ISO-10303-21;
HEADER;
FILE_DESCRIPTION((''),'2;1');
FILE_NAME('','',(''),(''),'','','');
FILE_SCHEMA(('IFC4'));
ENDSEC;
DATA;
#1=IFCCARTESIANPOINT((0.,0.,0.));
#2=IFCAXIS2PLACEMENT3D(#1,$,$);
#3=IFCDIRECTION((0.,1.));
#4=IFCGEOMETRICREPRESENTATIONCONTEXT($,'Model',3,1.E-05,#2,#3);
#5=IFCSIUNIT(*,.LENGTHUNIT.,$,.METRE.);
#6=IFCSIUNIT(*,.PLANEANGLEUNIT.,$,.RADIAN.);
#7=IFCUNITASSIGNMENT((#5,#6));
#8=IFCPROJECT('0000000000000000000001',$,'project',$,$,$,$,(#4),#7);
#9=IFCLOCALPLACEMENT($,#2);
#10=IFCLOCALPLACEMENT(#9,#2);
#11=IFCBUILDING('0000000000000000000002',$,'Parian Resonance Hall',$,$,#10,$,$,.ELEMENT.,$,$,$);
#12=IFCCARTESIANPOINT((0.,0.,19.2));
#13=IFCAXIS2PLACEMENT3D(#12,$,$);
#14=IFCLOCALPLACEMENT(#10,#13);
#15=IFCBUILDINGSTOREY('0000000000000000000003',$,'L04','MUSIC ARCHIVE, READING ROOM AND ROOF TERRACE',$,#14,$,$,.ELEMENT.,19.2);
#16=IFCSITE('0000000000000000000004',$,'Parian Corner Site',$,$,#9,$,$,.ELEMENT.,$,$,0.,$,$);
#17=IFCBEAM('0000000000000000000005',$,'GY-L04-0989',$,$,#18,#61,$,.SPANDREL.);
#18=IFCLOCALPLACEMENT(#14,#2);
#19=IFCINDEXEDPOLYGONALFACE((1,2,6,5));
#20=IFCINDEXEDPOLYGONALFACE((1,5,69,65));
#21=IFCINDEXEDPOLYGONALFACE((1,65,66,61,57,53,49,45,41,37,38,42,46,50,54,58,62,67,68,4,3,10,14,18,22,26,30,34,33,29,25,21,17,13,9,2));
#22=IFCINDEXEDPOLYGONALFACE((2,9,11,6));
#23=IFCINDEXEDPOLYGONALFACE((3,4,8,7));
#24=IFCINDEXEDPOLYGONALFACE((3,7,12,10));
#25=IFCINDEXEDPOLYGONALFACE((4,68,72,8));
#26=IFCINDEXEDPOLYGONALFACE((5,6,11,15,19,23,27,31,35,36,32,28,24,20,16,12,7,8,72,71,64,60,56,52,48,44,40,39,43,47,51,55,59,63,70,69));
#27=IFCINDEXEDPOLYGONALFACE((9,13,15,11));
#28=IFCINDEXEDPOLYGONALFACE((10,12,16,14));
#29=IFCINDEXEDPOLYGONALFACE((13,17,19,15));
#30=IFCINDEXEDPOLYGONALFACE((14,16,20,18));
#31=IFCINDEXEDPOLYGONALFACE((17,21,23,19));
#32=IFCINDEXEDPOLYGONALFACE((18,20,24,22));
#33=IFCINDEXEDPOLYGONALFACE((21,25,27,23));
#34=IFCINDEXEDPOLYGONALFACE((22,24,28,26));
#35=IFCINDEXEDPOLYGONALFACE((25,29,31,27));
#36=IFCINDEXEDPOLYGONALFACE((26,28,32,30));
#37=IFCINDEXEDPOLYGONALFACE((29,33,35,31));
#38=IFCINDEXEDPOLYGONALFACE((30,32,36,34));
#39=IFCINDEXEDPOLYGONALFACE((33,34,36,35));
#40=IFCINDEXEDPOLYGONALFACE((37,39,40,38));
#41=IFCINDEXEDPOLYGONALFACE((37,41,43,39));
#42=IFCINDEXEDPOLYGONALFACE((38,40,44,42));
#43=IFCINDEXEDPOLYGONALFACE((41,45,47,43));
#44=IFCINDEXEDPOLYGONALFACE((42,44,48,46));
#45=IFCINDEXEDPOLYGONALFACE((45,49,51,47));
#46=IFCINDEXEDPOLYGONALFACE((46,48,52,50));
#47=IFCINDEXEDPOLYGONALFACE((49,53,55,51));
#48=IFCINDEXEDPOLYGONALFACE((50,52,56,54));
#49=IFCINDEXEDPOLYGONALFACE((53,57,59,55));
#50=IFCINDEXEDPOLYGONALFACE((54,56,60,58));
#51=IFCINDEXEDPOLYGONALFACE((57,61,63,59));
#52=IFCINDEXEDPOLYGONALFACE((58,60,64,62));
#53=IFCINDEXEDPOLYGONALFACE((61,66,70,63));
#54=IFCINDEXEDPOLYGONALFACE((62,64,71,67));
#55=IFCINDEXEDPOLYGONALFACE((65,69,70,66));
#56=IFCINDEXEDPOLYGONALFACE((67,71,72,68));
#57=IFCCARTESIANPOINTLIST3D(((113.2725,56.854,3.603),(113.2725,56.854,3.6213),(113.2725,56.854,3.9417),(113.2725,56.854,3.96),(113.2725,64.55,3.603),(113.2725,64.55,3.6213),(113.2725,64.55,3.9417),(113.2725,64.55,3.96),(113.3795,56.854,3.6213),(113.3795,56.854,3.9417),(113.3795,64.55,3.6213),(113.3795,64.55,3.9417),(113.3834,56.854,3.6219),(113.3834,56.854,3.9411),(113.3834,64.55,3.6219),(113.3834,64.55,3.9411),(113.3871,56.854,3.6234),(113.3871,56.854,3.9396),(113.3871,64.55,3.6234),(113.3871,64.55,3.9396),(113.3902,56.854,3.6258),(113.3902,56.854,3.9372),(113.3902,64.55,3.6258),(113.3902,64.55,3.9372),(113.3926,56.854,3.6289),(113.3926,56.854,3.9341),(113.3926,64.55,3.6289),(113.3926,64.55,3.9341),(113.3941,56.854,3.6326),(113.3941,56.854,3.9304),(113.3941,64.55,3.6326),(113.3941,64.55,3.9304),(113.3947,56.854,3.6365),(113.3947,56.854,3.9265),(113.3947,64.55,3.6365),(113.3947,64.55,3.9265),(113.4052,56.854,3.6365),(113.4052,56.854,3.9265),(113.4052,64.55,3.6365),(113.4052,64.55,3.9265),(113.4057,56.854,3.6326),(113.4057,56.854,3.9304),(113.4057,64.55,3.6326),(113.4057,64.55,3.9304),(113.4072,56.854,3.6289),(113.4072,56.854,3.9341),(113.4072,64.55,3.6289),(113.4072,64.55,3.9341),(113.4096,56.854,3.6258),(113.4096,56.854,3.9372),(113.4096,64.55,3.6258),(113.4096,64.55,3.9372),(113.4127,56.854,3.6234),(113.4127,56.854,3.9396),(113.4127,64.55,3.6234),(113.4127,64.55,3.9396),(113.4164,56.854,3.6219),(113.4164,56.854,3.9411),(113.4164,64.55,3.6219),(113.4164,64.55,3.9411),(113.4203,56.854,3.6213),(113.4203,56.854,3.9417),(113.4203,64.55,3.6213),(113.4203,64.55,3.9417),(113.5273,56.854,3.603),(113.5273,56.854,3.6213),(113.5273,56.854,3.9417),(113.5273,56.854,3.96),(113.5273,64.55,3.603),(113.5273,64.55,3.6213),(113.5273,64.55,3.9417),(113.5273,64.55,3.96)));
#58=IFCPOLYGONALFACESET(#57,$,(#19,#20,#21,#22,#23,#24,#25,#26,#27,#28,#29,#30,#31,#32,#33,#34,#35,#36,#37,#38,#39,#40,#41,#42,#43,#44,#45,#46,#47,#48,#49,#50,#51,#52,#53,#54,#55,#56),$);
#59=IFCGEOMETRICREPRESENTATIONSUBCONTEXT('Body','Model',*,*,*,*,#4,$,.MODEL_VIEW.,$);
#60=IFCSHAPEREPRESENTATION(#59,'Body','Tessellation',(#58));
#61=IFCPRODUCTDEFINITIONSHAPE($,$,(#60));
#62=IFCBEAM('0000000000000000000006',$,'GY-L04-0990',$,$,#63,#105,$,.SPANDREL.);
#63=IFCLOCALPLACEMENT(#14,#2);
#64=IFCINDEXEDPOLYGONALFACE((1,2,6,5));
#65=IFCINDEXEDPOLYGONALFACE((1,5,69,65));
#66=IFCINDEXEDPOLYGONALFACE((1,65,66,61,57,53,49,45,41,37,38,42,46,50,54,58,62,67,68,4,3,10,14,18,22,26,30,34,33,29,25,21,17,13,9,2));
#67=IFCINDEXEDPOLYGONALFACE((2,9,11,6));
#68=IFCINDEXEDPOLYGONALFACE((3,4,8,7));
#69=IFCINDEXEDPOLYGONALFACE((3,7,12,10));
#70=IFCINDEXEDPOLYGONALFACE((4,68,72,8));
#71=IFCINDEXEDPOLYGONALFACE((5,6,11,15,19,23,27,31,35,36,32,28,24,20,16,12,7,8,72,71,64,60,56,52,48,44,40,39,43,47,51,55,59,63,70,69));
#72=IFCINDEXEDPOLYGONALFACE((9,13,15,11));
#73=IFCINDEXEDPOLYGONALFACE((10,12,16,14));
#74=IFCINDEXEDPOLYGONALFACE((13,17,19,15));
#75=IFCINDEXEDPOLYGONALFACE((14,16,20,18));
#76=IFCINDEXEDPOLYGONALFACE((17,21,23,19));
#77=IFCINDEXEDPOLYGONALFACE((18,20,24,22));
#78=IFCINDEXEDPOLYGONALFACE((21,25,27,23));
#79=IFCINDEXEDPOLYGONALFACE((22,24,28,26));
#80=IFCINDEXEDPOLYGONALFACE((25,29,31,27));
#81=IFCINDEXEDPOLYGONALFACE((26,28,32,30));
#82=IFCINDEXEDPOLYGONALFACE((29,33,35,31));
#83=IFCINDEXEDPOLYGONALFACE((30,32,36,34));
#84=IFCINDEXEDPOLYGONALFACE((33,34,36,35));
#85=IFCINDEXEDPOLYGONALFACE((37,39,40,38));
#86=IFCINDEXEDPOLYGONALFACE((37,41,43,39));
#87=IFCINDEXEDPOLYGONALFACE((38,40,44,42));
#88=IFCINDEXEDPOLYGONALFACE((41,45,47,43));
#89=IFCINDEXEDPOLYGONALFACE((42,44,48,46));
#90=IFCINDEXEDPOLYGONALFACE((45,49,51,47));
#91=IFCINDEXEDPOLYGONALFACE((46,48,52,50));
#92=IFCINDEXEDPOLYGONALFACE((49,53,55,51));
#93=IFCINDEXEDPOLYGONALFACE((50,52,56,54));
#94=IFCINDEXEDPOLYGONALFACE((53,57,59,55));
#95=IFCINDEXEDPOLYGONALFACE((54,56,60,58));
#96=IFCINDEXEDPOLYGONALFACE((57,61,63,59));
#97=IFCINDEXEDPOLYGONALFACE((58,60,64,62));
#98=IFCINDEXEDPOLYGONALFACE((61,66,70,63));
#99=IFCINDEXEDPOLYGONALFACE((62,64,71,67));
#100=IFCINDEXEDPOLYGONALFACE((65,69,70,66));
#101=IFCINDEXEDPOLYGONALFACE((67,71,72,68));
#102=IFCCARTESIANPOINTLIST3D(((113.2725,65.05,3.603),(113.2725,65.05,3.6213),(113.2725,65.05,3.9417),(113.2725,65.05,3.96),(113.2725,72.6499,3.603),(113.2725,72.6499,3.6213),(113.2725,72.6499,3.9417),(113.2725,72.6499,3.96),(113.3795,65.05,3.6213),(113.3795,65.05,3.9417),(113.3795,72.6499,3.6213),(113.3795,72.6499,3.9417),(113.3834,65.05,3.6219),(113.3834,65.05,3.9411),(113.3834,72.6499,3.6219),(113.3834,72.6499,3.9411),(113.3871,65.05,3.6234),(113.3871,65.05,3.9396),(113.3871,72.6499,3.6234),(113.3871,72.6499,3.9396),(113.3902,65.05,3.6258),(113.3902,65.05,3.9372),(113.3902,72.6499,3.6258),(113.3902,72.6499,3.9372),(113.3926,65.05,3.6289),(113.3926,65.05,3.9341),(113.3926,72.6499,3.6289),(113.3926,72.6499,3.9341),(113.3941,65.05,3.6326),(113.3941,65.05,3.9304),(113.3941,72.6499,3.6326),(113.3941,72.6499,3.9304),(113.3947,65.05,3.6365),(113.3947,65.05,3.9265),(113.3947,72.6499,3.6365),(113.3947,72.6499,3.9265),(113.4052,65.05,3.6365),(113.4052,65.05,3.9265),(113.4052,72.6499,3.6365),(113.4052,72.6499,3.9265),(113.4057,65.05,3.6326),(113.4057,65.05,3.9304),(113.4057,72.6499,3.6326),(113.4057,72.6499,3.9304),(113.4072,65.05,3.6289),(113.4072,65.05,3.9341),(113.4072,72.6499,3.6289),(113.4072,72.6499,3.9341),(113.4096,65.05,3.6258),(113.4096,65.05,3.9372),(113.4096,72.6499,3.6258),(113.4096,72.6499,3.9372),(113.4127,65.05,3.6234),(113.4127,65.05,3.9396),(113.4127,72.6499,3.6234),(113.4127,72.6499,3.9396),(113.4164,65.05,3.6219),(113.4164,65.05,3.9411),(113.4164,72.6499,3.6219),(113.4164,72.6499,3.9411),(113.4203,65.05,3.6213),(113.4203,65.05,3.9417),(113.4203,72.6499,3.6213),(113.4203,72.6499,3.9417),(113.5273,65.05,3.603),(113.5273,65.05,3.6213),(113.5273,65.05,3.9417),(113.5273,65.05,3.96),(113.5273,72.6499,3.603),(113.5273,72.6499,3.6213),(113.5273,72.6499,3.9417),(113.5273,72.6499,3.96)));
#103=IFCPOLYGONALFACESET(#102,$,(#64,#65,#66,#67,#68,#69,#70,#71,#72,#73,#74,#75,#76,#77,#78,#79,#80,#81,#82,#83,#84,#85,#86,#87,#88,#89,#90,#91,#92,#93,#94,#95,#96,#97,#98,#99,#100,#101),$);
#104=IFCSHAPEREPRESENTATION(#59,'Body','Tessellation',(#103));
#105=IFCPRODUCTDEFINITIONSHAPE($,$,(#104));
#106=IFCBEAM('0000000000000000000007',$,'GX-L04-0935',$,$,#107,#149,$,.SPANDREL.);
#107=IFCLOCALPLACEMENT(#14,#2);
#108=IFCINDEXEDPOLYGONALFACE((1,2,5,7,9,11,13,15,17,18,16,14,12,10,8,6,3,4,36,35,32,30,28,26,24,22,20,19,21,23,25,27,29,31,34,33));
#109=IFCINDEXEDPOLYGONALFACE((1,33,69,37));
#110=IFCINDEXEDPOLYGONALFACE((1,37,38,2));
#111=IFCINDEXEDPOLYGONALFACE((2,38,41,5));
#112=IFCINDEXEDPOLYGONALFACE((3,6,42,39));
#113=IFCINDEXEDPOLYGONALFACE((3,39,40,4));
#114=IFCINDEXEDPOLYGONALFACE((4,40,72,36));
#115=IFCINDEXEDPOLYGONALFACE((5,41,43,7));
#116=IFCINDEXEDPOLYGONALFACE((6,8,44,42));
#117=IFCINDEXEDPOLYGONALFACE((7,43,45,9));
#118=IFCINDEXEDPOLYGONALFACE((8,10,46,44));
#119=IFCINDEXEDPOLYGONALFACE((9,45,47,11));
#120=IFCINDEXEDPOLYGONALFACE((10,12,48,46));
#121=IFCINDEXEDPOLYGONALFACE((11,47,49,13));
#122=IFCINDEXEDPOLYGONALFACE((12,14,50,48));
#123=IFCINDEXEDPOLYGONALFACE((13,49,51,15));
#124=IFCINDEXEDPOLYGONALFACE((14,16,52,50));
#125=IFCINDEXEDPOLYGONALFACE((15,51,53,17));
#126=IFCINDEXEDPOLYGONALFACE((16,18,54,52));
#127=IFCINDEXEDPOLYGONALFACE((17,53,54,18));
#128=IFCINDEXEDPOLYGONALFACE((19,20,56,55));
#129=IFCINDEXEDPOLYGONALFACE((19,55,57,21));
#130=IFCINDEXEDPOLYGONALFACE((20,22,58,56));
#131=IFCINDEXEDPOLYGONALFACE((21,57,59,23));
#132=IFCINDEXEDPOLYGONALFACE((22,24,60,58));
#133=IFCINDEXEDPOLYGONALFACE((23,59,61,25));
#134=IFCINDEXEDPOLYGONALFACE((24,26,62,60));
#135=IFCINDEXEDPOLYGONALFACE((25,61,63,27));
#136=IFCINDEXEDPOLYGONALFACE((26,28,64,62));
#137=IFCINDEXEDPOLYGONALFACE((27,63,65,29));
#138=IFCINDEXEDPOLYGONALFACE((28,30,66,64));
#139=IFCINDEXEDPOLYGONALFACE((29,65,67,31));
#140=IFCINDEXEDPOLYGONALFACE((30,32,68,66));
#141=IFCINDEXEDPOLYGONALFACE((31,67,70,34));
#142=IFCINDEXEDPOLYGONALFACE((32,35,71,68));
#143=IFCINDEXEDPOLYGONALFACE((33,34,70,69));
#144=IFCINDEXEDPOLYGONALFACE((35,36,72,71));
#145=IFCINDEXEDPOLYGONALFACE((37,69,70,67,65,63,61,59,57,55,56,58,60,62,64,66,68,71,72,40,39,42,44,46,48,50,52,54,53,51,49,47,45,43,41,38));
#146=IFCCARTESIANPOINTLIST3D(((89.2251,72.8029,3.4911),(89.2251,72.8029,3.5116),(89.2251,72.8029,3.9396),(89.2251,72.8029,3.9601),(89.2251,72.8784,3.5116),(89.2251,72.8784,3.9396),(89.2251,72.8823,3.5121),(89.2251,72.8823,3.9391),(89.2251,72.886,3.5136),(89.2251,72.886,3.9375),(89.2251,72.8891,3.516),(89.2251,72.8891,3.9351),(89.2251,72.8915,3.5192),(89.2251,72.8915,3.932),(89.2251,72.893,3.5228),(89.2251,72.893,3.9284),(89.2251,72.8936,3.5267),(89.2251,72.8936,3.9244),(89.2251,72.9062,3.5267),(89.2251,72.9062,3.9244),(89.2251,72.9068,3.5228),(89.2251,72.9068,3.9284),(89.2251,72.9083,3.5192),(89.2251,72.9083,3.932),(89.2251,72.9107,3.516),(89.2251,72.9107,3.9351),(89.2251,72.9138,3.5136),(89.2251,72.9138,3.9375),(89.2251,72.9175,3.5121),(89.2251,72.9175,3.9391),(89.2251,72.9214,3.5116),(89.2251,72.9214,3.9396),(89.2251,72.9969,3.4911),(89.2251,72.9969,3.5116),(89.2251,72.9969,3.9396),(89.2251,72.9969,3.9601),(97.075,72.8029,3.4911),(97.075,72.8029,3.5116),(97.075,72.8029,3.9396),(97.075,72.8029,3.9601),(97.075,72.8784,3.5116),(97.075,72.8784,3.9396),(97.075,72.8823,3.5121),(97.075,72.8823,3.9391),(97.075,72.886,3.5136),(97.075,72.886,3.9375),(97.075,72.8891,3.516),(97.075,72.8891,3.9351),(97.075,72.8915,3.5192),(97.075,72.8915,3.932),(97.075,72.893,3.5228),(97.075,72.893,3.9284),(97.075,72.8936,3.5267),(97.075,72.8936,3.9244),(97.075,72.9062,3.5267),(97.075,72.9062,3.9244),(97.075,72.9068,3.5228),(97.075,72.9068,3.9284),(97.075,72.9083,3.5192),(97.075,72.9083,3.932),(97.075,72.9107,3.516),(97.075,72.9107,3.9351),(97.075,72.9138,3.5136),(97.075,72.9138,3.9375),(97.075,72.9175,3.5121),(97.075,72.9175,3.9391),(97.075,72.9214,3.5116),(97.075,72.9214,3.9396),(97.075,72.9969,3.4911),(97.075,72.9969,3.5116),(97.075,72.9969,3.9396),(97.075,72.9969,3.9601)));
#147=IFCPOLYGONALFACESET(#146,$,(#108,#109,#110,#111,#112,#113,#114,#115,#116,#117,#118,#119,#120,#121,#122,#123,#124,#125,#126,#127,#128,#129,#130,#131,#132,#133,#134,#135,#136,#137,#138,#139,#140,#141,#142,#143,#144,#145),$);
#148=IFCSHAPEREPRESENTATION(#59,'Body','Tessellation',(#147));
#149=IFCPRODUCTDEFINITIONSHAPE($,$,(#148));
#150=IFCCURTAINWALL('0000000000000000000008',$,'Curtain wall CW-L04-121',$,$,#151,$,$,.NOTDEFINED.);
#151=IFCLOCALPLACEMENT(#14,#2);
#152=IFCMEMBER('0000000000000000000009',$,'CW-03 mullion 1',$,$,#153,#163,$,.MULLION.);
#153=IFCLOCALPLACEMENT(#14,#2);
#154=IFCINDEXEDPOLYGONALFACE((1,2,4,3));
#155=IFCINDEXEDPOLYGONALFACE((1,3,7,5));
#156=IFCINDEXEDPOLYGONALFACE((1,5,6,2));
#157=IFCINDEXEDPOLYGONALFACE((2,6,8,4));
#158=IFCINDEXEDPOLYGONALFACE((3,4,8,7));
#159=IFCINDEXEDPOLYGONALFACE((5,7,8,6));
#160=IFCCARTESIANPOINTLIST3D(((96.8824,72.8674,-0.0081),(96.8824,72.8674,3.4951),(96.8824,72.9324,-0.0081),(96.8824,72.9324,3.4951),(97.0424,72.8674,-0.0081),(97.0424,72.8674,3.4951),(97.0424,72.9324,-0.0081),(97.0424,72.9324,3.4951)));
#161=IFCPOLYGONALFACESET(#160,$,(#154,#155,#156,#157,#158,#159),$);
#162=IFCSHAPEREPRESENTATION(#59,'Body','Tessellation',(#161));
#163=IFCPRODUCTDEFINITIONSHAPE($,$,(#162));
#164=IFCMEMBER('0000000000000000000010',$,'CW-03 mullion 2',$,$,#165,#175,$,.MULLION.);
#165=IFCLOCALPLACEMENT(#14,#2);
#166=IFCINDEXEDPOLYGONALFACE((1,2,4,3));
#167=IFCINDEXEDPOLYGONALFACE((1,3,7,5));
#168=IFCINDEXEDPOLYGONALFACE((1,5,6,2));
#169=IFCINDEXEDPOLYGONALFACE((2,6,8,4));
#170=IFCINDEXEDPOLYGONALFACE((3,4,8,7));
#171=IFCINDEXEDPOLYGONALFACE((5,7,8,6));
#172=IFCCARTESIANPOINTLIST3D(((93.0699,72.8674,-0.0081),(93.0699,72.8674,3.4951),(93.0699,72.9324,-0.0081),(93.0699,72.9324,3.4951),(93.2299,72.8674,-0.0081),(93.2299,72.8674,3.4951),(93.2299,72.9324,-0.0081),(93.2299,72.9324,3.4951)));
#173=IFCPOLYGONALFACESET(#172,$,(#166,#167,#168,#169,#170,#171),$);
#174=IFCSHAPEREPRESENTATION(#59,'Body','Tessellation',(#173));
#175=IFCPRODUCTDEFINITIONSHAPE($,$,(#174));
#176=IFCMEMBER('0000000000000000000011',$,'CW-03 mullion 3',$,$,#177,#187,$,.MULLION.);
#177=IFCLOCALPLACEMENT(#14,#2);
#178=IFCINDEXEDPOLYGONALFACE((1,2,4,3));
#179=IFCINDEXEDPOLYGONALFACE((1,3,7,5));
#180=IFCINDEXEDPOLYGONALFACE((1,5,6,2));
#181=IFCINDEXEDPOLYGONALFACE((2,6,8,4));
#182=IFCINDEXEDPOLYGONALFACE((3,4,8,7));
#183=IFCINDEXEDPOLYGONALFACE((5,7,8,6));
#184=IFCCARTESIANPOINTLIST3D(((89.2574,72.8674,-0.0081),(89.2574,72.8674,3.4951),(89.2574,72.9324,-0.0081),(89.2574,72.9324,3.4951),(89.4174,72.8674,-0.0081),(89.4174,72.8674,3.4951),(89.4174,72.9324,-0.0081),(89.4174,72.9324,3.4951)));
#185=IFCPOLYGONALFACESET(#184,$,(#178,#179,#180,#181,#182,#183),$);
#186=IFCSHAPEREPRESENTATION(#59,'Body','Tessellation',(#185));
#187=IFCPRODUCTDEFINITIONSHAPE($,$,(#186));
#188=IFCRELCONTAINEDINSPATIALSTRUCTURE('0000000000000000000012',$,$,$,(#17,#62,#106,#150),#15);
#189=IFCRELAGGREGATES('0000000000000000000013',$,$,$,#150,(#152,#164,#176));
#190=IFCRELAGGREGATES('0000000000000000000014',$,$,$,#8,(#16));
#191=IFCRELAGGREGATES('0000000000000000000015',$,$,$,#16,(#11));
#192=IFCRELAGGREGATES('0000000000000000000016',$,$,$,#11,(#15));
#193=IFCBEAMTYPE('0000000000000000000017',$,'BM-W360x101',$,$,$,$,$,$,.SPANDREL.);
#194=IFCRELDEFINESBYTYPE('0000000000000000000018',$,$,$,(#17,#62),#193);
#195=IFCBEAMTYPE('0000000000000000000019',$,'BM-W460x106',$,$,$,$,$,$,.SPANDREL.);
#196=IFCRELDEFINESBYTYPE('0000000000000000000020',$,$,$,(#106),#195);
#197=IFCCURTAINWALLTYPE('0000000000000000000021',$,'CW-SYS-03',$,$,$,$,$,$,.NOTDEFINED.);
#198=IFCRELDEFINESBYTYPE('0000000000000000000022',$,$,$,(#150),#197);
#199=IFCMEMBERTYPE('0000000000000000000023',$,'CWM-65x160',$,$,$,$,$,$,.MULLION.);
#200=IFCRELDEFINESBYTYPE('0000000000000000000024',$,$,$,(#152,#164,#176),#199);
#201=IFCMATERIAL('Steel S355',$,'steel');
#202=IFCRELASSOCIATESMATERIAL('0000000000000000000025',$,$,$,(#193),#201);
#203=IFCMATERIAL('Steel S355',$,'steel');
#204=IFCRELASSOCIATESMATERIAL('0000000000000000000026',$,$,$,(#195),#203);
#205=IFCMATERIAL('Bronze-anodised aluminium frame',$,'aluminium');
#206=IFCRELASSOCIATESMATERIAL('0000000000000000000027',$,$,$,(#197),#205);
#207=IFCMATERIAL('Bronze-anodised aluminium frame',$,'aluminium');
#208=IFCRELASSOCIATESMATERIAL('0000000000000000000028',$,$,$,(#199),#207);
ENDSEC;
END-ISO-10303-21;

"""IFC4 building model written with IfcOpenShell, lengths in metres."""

from ifc_helpers import new_model, si_unit, direction, frame, origin, origin_2d, place, context, subcontext, project, spatial, rectangle, i_section, extrude, material, material_profile, profile_set, type_object, element, aggregate, save


model = new_model("IFC4")

# Units and contexts
model_context = context("Model", 3, precision=1e-05, world=origin(), true_north=direction((0.0, 1.0)))
body_context = subcontext(model_context, "Body", "Model", "MODEL_VIEW")
ifc_project = project(units=[si_unit("LENGTHUNIT", "METRE"), si_unit("PLANEANGLEUNIT", "RADIAN")], contexts=[model_context])

# Site, building, storey
site_placement = place(None, origin())
site = spatial("IfcSite", under=ifc_project, at=site_placement, Name="Parian Corner Site", CompositionType="ELEMENT", RefElevation=0.0)
building_placement = place(site_placement, origin())
building = spatial("IfcBuilding", under=site, at=building_placement, Name="Parian Resonance Hall", CompositionType="ELEMENT")
storey_placement = place(building_placement, frame((0.0, 0.0, 19.2)))
storey = spatial("IfcBuildingStorey", under=building, at=storey_placement, Name="L04", Description="MUSIC ARCHIVE, READING ROOM AND ROOF TERRACE", CompositionType="ELEMENT", Elevation=19.2)

# Beams
ifc_material_1 = material(Name="Steel S355", Category="steel")
ifc_material_profile_1 = material_profile(ifc_material_1, i_section(OverallWidth=0.2549, OverallDepth=0.3569, WebThickness=0.0105, FlangeThickness=0.0183, FilletRadius=0.0151, at=origin_2d()), Name="W360x101")
ifc_profile_set_1 = profile_set([ifc_material_profile_1], Name="Steel S355")
beam_type_1 = type_object("IfcBeamType", Name="BM-W360x101", PredefinedType="SPANDREL", material=ifc_profile_set_1)
beam_1_placement = place(storey_placement, frame((113.3999, 56.854, 3.7815), z_axis=(0.0, 1.0, 0.0), x_axis=(-1.0, 0.0, 0.0)))
element("IfcBeam", 1, at=beam_1_placement, inside=storey, type_object=beam_type_1, Name="GY-L04-0989", PredefinedType="SPANDREL", context=body_context, shape_type="SweptSolid", body=[
    extrude(i_section(OverallWidth=0.2549, OverallDepth=0.3569, WebThickness=0.0105, FlangeThickness=0.0183, FilletRadius=0.0151, at=origin_2d()), origin(), (0.0, 0.0, 1.0), 7.696),
])
beam_2_placement = place(storey_placement, frame((113.3999, 65.05, 3.7815), z_axis=(0.0, 1.0, 0.0), x_axis=(-1.0, 0.0, 0.0)))
element("IfcBeam", 2, at=beam_2_placement, inside=storey, type_object=beam_type_1, Name="GY-L04-0990", PredefinedType="SPANDREL", context=body_context, shape_type="SweptSolid", body=[
    extrude(i_section(OverallWidth=0.2549, OverallDepth=0.3569, WebThickness=0.0105, FlangeThickness=0.0183, FilletRadius=0.0151, at=origin_2d()), origin(), (0.0, 0.0, 1.0), 7.5999),
])
ifc_material_2 = material(Name="Steel S355", Category="steel")
ifc_material_profile_2 = material_profile(ifc_material_2, i_section(OverallWidth=0.1941, OverallDepth=0.469, WebThickness=0.0127, FlangeThickness=0.0205, FilletRadius=0.0151, at=origin_2d()), Name="W460x106")
ifc_profile_set_2 = profile_set([ifc_material_profile_2], Name="Steel S355")
beam_type_2 = type_object("IfcBeamType", Name="BM-W460x106", PredefinedType="SPANDREL", material=ifc_profile_set_2)
beam_3_placement = place(storey_placement, frame((89.2251, 72.8999, 3.7256), z_axis=(1.0, 0.0, 0.0), x_axis=(0.0, 1.0, 0.0)))
element("IfcBeam", 3, at=beam_3_placement, inside=storey, type_object=beam_type_2, Name="GX-L04-0935", PredefinedType="SPANDREL", context=body_context, shape_type="SweptSolid", body=[
    extrude(i_section(OverallWidth=0.1941, OverallDepth=0.469, WebThickness=0.0127, FlangeThickness=0.0205, FilletRadius=0.0151, at=origin_2d()), origin(), (0.0, 0.0, 1.0), 7.8499),
])

# Curtain wall, members
ifc_material_3 = material(Name="Bronze-anodised aluminium frame", Category="aluminium")
curtain_wall_type = type_object("IfcCurtainWallType", Name="CW-SYS-03", PredefinedType="NOTDEFINED", material=ifc_material_3)
curtain_wall_placement = place(storey_placement, origin())
curtain_wall = element("IfcCurtainWall", 4, at=curtain_wall_placement, inside=storey, type_object=curtain_wall_type, Name="Curtain wall CW-L04-121", PredefinedType="NOTDEFINED")
ifc_material_4 = material(Name="Bronze-anodised aluminium frame", Category="aluminium")
ifc_material_profile_3 = material_profile(ifc_material_4, rectangle(XDim=0.0649, YDim=0.1599, at=origin_2d()), Name="CWM-65x160")
ifc_profile_set_3 = profile_set([ifc_material_profile_3], Name="Bronze-anodised aluminium frame")
member_type_1 = type_object("IfcMemberType", Name="CWM-65x160", PredefinedType="MULLION", material=ifc_profile_set_3)
member_1_placement = place(storey_placement, frame((96.9624, 72.8999, -0.0081), z_axis=(0.0, 0.0, 1.0), x_axis=(0.0, -1.0, 0.0)))
member_1 = element("IfcMember", 5, at=member_1_placement, type_object=member_type_1, Name="CW-03 mullion 1", PredefinedType="MULLION", context=body_context, shape_type="SweptSolid", body=[
    extrude(rectangle(XDim=0.0649, YDim=0.1599, at=origin_2d()), origin(), (0.0, 0.0, 1.0), 3.5032),
])
member_2_placement = place(storey_placement, frame((93.1499, 72.8999, -0.0081), z_axis=(0.0, 0.0, 1.0), x_axis=(0.0, -1.0, 0.0)))
member_2 = element("IfcMember", 6, at=member_2_placement, type_object=member_type_1, Name="CW-03 mullion 2", PredefinedType="MULLION", context=body_context, shape_type="SweptSolid", body=[
    extrude(rectangle(XDim=0.0649, YDim=0.1599, at=origin_2d()), origin(), (0.0, 0.0, 1.0), 3.5032),
])
member_3_placement = place(storey_placement, frame((89.3374, 72.8999, -0.0081), z_axis=(0.0, 0.0, 1.0), x_axis=(0.0, -1.0, 0.0)))
member_3 = element("IfcMember", 7, at=member_3_placement, type_object=member_type_1, Name="CW-03 mullion 3", PredefinedType="MULLION", context=body_context, shape_type="SweptSolid", body=[
    extrude(rectangle(XDim=0.0649, YDim=0.1599, at=origin_2d()), origin(), (0.0, 0.0, 1.0), 3.5032),
])
aggregate(curtain_wall, [member_1, member_2, member_3])

save(model, "model.ifc")
